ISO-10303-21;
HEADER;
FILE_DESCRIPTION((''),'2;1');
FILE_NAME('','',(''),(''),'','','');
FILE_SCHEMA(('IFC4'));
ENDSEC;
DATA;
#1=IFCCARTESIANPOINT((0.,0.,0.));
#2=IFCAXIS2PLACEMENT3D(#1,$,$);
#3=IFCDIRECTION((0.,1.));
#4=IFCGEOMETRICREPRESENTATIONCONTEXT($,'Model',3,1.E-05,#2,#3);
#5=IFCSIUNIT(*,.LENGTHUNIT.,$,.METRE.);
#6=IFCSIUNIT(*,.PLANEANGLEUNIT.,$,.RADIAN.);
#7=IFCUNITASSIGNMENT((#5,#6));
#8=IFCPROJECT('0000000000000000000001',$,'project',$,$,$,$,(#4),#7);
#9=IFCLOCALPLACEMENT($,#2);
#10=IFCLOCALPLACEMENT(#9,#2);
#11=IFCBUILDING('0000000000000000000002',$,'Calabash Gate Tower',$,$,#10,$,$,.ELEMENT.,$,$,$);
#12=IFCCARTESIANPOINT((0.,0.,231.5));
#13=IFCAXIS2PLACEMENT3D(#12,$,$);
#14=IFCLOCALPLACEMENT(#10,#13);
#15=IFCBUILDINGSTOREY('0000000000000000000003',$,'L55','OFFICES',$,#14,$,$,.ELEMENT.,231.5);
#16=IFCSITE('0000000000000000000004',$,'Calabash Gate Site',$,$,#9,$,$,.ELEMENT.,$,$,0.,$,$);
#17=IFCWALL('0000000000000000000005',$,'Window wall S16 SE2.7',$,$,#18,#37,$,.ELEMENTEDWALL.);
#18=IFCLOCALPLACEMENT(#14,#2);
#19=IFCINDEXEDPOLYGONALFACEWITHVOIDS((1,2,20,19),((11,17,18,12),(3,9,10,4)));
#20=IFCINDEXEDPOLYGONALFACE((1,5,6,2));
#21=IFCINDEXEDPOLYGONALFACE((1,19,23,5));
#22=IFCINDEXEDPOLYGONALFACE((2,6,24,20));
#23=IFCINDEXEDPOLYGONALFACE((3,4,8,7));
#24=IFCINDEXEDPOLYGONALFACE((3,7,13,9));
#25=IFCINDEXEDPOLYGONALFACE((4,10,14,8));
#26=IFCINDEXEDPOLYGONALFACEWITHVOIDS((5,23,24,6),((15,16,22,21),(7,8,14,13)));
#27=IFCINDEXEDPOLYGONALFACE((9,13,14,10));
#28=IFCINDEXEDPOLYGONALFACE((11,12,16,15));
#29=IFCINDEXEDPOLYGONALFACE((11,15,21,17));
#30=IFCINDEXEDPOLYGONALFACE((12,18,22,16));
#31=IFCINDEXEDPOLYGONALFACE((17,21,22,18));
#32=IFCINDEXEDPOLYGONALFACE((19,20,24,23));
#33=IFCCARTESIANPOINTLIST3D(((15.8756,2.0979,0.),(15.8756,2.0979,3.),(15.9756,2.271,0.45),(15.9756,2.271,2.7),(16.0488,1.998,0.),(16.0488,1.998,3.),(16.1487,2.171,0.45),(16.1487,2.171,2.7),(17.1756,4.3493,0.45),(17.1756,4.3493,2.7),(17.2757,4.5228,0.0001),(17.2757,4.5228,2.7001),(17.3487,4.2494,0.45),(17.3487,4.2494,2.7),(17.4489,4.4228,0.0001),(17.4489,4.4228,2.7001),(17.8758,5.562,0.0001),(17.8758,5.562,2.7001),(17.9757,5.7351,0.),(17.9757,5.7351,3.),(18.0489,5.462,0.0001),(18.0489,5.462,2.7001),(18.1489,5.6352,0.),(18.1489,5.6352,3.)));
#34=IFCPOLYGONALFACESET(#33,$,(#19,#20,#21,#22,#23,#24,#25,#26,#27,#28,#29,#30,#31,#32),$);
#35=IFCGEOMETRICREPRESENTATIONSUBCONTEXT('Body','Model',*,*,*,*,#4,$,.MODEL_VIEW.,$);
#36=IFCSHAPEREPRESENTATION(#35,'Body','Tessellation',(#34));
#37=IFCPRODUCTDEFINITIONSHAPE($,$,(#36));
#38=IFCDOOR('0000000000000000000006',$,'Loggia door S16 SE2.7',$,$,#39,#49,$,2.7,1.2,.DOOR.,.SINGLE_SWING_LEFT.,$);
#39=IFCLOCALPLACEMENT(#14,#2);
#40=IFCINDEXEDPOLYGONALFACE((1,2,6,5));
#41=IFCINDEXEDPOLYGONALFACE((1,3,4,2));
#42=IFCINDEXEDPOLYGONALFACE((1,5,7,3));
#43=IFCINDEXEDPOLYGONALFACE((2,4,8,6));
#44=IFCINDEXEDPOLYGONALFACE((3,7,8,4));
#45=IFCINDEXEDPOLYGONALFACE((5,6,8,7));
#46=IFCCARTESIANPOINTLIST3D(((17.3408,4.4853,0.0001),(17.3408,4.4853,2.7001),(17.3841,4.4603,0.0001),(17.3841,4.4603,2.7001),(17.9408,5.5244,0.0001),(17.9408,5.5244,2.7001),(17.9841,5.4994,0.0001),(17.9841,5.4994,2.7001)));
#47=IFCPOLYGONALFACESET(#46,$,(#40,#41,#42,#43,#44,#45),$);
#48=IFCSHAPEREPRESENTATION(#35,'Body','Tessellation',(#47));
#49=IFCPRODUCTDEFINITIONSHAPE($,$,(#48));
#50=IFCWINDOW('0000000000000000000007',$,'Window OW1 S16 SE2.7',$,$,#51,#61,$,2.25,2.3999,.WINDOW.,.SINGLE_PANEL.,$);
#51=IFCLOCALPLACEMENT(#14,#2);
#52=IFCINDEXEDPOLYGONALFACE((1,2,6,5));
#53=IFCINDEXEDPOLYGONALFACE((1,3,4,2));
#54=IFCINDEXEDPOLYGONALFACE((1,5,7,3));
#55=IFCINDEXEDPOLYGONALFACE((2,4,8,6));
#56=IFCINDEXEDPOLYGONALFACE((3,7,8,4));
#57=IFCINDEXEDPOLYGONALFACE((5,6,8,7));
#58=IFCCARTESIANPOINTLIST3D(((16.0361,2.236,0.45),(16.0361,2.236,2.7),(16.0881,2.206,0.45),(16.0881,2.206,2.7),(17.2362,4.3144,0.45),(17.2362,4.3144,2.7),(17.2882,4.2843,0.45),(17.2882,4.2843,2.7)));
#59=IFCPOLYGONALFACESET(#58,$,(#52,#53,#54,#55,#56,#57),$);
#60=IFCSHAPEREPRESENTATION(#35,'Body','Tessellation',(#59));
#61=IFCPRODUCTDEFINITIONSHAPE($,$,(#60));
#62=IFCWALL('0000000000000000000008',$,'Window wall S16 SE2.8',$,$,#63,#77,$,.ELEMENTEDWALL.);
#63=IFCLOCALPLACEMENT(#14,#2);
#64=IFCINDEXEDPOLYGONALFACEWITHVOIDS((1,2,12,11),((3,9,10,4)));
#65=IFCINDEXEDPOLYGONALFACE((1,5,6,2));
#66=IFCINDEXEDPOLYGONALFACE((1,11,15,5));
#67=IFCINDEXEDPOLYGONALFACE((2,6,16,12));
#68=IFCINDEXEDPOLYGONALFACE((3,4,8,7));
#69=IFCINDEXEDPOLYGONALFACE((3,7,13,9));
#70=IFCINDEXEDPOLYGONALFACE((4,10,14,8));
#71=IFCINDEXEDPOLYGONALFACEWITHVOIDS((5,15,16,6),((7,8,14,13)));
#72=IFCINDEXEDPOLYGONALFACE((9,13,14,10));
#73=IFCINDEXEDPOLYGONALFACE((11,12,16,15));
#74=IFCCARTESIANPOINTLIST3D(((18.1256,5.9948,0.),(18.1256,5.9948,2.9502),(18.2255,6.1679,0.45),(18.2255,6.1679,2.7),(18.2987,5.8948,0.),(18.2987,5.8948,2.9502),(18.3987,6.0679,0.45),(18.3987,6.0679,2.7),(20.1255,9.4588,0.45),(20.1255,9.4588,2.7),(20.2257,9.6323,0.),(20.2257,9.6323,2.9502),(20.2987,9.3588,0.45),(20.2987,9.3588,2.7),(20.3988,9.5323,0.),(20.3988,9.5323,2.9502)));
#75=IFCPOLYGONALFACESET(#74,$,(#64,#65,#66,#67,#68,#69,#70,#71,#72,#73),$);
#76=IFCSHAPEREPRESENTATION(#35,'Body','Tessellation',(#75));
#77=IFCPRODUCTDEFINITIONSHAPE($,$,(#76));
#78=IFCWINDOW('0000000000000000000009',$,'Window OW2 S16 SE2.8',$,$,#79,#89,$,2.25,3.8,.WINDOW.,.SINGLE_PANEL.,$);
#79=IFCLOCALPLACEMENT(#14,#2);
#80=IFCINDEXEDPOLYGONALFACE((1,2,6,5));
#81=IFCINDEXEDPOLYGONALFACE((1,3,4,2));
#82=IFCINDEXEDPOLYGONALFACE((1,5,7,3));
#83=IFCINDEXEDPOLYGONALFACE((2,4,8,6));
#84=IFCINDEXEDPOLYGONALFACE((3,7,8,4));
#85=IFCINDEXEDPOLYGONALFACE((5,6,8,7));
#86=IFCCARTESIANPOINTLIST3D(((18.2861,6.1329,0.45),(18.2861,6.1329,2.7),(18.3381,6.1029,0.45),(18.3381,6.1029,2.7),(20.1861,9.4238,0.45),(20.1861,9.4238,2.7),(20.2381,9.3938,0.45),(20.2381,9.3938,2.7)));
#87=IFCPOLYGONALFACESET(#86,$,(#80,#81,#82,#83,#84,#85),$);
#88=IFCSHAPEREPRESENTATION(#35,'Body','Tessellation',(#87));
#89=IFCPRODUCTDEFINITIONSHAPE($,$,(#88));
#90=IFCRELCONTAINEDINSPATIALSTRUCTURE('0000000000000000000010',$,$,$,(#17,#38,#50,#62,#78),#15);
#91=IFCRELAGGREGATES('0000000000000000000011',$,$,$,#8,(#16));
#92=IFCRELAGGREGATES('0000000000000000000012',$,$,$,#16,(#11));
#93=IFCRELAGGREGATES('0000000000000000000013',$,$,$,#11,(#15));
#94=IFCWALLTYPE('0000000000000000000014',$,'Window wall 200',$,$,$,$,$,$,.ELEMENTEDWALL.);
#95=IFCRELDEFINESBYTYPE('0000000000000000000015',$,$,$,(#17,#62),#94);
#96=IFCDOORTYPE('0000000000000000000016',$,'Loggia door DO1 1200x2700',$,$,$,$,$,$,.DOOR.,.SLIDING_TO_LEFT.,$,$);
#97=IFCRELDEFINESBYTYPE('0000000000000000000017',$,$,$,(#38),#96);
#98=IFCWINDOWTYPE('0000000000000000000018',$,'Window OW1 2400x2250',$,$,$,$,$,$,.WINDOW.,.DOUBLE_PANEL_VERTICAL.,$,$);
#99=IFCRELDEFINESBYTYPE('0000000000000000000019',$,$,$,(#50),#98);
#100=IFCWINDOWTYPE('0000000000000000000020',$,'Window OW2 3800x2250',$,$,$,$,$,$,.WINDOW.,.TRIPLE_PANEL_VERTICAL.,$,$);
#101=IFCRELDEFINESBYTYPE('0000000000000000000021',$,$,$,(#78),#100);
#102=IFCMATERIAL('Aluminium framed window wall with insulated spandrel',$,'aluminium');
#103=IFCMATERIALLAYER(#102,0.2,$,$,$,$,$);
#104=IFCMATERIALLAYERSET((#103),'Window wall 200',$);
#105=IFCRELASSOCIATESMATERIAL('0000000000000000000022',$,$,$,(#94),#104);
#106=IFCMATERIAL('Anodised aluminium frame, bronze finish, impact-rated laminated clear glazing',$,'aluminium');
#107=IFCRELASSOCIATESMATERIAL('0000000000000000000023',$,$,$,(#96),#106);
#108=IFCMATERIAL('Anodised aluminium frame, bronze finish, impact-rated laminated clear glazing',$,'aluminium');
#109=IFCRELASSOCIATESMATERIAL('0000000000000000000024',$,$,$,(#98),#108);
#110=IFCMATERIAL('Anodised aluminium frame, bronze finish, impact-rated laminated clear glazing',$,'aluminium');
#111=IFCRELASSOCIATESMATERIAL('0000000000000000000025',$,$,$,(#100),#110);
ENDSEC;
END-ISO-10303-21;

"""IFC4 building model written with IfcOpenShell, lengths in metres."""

from ifc_helpers import new_model, si_unit, direction, frame, frame_2d, origin, place, context, subcontext, project, spatial, rectangle, extrude, material, layer, layer_set, type_object, element, fill, save


model = new_model("IFC4")

# Units and contexts
model_context = context("Model", 3, precision=1e-05, world=origin(), true_north=direction((0.0, 1.0)))
body_context = subcontext(model_context, "Body", "Model", "MODEL_VIEW")
ifc_project = project(units=[si_unit("LENGTHUNIT", "METRE"), si_unit("PLANEANGLEUNIT", "RADIAN")], contexts=[model_context])

# Site, building, storey
site_placement = place(None, origin())
site = spatial("IfcSite", under=ifc_project, at=site_placement, Name="Calabash Gate Site", CompositionType="ELEMENT", RefElevation=0.0)
building_placement = place(site_placement, origin())
building = spatial("IfcBuilding", under=site, at=building_placement, Name="Calabash Gate Tower", CompositionType="ELEMENT")
storey_placement = place(building_placement, frame((0.0, 0.0, 231.5)))
storey = spatial("IfcBuildingStorey", under=building, at=storey_placement, Name="L55", Description="OFFICES", CompositionType="ELEMENT", Elevation=231.5)

# Wall, openings, door, window
ifc_material_1 = material(Name="Aluminium framed window wall with insulated spandrel", Category="aluminium")
ifc_layer_1 = layer(ifc_material_1, 0.2)
ifc_layer_set_1 = layer_set([ifc_layer_1], Name="Window wall 200")
wall_type_1 = type_object("IfcWallType", Name="Window wall 200", PredefinedType="ELEMENTEDWALL", material=ifc_layer_set_1)
wall_1_placement = place(storey_placement, frame((15.9622, 2.0479, 0.0), z_axis=(0.0, 0.0, 1.0), x_axis=(0.500028, 0.866009, 0.0)))
wall_1 = element("IfcWall", 1, at=wall_1_placement, inside=storey, type_object=wall_type_1, Name="Window wall S16 SE2.7", PredefinedType="ELEMENTEDWALL", context=body_context, shape_type="SweptSolid", body=[
    extrude(rectangle(XDim=4.2, YDim=0.2, at=frame_2d((2.1001, 0.0))), origin(), (0.0, 0.0, 1.0), 3.0),
])
opening_1_placement = place(wall_1_placement, frame((0.2, 0.0, 0.45)))
opening_1 = element("IfcOpeningElement", 2, at=opening_1_placement, cuts=wall_1, PredefinedType="OPENING", context=body_context, shape_type="SweptSolid", body=[
    extrude(rectangle(XDim=2.3999, YDim=2.25, at=frame_2d((1.2, 1.125))), frame((0.0, 0.1099, 0.0), z_axis=(0.0, -1.0, 0.0), x_axis=(1.0, 0.0, 0.0)), (0.0, 0.0, 1.0), 0.22),
])
opening_2_placement = place(wall_1_placement, frame((2.8, 0.0, 0.0)))
opening_2 = element("IfcOpeningElement", 3, at=opening_2_placement, cuts=wall_1, PredefinedType="OPENING", context=body_context, shape_type="SweptSolid", body=[
    extrude(rectangle(XDim=1.2, YDim=2.7, at=frame_2d((0.6001, 1.3501))), frame((0.0, 0.1099, 0.0), z_axis=(0.0, -1.0, 0.0), x_axis=(1.0, 0.0, 0.0)), (0.0, 0.0, 1.0), 0.22),
])
ifc_material_2 = material(Name="Anodised aluminium frame, bronze finish, impact-rated laminated clear glazing", Category="aluminium")
door_type_1 = type_object("IfcDoorType", Name="Loggia door DO1 1200x2700", OperationType="SLIDING_TO_LEFT", PredefinedType="DOOR", material=ifc_material_2)
door_1_placement = place(opening_2_placement, origin())
door_1 = element("IfcDoor", 4, at=door_1_placement, inside=storey, type_object=door_type_1, Name="Loggia door S16 SE2.7", OperationType="SINGLE_SWING_LEFT", OverallHeight=2.7, OverallWidth=1.2, PredefinedType="DOOR", context=body_context, shape_type="SweptSolid", body=[
    extrude(rectangle(XDim=1.2, YDim=2.7, at=frame_2d((0.6001, 1.3501))), frame((0.0, 0.0249, 0.0), z_axis=(0.0, -1.0, 0.0), x_axis=(1.0, 0.0, 0.0)), (0.0, 0.0, 1.0), 0.05),
])
fill(opening_2, door_1)
ifc_material_3 = material(Name="Anodised aluminium frame, bronze finish, impact-rated laminated clear glazing", Category="aluminium")
window_type_1 = type_object("IfcWindowType", Name="Window OW1 2400x2250", PartitioningType="DOUBLE_PANEL_VERTICAL", PredefinedType="WINDOW", material=ifc_material_3)
window_1_placement = place(opening_1_placement, origin())
window_1 = element("IfcWindow", 5, at=window_1_placement, inside=storey, type_object=window_type_1, Name="Window OW1 S16 SE2.7", OverallHeight=2.25, OverallWidth=2.3999, PartitioningType="SINGLE_PANEL", PredefinedType="WINDOW", context=body_context, shape_type="SweptSolid", body=[
    extrude(rectangle(XDim=2.3999, YDim=2.25, at=frame_2d((1.2, 1.125))), frame((0.0, 0.03, 0.0), z_axis=(0.0, -1.0, 0.0), x_axis=(1.0, 0.0, 0.0)), (0.0, 0.0, 1.0), 0.0601),
])
fill(opening_1, window_1)

# Wall, opening, window
wall_2_placement = place(storey_placement, frame((18.2122, 5.9448, 0.0), z_axis=(0.0, 0.0, 1.0), x_axis=(0.500003, 0.866024, 0.0)))
wall_2 = element("IfcWall", 6, at=wall_2_placement, inside=storey, type_object=wall_type_1, Name="Window wall S16 SE2.8", PredefinedType="ELEMENTEDWALL", context=body_context, shape_type="SweptSolid", body=[
    extrude(rectangle(XDim=4.2002, YDim=0.2, at=frame_2d((2.1001, 0.0))), origin(), (0.0, 0.0, 1.0), 2.9502),
])
opening_3_placement = place(wall_2_placement, frame((0.2, 0.0, 0.45)))
opening_3 = element("IfcOpeningElement", 7, at=opening_3_placement, cuts=wall_2, PredefinedType="OPENING", context=body_context, shape_type="SweptSolid", body=[
    extrude(rectangle(XDim=3.8, YDim=2.25, at=frame_2d((1.8999, 1.125))), frame((0.0, 0.1099, 0.0), z_axis=(0.0, -1.0, 0.0), x_axis=(1.0, 0.0, 0.0)), (0.0, 0.0, 1.0), 0.22),
])
ifc_material_4 = material(Name="Anodised aluminium frame, bronze finish, impact-rated laminated clear glazing", Category="aluminium")
window_type_2 = type_object("IfcWindowType", Name="Window OW2 3800x2250", PartitioningType="TRIPLE_PANEL_VERTICAL", PredefinedType="WINDOW", material=ifc_material_4)
window_2_placement = place(opening_3_placement, origin())
window_2 = element("IfcWindow", 8, at=window_2_placement, inside=storey, type_object=window_type_2, Name="Window OW2 S16 SE2.8", OverallHeight=2.25, OverallWidth=3.8, PartitioningType="SINGLE_PANEL", PredefinedType="WINDOW", context=body_context, shape_type="SweptSolid", body=[
    extrude(rectangle(XDim=3.8, YDim=2.25, at=frame_2d((1.8999, 1.125))), frame((0.0, 0.03, 0.0), z_axis=(0.0, -1.0, 0.0), x_axis=(1.0, 0.0, 0.0)), (0.0, 0.0, 1.0), 0.0601),
])
fill(opening_3, window_2)

save(model, "model.ifc")
